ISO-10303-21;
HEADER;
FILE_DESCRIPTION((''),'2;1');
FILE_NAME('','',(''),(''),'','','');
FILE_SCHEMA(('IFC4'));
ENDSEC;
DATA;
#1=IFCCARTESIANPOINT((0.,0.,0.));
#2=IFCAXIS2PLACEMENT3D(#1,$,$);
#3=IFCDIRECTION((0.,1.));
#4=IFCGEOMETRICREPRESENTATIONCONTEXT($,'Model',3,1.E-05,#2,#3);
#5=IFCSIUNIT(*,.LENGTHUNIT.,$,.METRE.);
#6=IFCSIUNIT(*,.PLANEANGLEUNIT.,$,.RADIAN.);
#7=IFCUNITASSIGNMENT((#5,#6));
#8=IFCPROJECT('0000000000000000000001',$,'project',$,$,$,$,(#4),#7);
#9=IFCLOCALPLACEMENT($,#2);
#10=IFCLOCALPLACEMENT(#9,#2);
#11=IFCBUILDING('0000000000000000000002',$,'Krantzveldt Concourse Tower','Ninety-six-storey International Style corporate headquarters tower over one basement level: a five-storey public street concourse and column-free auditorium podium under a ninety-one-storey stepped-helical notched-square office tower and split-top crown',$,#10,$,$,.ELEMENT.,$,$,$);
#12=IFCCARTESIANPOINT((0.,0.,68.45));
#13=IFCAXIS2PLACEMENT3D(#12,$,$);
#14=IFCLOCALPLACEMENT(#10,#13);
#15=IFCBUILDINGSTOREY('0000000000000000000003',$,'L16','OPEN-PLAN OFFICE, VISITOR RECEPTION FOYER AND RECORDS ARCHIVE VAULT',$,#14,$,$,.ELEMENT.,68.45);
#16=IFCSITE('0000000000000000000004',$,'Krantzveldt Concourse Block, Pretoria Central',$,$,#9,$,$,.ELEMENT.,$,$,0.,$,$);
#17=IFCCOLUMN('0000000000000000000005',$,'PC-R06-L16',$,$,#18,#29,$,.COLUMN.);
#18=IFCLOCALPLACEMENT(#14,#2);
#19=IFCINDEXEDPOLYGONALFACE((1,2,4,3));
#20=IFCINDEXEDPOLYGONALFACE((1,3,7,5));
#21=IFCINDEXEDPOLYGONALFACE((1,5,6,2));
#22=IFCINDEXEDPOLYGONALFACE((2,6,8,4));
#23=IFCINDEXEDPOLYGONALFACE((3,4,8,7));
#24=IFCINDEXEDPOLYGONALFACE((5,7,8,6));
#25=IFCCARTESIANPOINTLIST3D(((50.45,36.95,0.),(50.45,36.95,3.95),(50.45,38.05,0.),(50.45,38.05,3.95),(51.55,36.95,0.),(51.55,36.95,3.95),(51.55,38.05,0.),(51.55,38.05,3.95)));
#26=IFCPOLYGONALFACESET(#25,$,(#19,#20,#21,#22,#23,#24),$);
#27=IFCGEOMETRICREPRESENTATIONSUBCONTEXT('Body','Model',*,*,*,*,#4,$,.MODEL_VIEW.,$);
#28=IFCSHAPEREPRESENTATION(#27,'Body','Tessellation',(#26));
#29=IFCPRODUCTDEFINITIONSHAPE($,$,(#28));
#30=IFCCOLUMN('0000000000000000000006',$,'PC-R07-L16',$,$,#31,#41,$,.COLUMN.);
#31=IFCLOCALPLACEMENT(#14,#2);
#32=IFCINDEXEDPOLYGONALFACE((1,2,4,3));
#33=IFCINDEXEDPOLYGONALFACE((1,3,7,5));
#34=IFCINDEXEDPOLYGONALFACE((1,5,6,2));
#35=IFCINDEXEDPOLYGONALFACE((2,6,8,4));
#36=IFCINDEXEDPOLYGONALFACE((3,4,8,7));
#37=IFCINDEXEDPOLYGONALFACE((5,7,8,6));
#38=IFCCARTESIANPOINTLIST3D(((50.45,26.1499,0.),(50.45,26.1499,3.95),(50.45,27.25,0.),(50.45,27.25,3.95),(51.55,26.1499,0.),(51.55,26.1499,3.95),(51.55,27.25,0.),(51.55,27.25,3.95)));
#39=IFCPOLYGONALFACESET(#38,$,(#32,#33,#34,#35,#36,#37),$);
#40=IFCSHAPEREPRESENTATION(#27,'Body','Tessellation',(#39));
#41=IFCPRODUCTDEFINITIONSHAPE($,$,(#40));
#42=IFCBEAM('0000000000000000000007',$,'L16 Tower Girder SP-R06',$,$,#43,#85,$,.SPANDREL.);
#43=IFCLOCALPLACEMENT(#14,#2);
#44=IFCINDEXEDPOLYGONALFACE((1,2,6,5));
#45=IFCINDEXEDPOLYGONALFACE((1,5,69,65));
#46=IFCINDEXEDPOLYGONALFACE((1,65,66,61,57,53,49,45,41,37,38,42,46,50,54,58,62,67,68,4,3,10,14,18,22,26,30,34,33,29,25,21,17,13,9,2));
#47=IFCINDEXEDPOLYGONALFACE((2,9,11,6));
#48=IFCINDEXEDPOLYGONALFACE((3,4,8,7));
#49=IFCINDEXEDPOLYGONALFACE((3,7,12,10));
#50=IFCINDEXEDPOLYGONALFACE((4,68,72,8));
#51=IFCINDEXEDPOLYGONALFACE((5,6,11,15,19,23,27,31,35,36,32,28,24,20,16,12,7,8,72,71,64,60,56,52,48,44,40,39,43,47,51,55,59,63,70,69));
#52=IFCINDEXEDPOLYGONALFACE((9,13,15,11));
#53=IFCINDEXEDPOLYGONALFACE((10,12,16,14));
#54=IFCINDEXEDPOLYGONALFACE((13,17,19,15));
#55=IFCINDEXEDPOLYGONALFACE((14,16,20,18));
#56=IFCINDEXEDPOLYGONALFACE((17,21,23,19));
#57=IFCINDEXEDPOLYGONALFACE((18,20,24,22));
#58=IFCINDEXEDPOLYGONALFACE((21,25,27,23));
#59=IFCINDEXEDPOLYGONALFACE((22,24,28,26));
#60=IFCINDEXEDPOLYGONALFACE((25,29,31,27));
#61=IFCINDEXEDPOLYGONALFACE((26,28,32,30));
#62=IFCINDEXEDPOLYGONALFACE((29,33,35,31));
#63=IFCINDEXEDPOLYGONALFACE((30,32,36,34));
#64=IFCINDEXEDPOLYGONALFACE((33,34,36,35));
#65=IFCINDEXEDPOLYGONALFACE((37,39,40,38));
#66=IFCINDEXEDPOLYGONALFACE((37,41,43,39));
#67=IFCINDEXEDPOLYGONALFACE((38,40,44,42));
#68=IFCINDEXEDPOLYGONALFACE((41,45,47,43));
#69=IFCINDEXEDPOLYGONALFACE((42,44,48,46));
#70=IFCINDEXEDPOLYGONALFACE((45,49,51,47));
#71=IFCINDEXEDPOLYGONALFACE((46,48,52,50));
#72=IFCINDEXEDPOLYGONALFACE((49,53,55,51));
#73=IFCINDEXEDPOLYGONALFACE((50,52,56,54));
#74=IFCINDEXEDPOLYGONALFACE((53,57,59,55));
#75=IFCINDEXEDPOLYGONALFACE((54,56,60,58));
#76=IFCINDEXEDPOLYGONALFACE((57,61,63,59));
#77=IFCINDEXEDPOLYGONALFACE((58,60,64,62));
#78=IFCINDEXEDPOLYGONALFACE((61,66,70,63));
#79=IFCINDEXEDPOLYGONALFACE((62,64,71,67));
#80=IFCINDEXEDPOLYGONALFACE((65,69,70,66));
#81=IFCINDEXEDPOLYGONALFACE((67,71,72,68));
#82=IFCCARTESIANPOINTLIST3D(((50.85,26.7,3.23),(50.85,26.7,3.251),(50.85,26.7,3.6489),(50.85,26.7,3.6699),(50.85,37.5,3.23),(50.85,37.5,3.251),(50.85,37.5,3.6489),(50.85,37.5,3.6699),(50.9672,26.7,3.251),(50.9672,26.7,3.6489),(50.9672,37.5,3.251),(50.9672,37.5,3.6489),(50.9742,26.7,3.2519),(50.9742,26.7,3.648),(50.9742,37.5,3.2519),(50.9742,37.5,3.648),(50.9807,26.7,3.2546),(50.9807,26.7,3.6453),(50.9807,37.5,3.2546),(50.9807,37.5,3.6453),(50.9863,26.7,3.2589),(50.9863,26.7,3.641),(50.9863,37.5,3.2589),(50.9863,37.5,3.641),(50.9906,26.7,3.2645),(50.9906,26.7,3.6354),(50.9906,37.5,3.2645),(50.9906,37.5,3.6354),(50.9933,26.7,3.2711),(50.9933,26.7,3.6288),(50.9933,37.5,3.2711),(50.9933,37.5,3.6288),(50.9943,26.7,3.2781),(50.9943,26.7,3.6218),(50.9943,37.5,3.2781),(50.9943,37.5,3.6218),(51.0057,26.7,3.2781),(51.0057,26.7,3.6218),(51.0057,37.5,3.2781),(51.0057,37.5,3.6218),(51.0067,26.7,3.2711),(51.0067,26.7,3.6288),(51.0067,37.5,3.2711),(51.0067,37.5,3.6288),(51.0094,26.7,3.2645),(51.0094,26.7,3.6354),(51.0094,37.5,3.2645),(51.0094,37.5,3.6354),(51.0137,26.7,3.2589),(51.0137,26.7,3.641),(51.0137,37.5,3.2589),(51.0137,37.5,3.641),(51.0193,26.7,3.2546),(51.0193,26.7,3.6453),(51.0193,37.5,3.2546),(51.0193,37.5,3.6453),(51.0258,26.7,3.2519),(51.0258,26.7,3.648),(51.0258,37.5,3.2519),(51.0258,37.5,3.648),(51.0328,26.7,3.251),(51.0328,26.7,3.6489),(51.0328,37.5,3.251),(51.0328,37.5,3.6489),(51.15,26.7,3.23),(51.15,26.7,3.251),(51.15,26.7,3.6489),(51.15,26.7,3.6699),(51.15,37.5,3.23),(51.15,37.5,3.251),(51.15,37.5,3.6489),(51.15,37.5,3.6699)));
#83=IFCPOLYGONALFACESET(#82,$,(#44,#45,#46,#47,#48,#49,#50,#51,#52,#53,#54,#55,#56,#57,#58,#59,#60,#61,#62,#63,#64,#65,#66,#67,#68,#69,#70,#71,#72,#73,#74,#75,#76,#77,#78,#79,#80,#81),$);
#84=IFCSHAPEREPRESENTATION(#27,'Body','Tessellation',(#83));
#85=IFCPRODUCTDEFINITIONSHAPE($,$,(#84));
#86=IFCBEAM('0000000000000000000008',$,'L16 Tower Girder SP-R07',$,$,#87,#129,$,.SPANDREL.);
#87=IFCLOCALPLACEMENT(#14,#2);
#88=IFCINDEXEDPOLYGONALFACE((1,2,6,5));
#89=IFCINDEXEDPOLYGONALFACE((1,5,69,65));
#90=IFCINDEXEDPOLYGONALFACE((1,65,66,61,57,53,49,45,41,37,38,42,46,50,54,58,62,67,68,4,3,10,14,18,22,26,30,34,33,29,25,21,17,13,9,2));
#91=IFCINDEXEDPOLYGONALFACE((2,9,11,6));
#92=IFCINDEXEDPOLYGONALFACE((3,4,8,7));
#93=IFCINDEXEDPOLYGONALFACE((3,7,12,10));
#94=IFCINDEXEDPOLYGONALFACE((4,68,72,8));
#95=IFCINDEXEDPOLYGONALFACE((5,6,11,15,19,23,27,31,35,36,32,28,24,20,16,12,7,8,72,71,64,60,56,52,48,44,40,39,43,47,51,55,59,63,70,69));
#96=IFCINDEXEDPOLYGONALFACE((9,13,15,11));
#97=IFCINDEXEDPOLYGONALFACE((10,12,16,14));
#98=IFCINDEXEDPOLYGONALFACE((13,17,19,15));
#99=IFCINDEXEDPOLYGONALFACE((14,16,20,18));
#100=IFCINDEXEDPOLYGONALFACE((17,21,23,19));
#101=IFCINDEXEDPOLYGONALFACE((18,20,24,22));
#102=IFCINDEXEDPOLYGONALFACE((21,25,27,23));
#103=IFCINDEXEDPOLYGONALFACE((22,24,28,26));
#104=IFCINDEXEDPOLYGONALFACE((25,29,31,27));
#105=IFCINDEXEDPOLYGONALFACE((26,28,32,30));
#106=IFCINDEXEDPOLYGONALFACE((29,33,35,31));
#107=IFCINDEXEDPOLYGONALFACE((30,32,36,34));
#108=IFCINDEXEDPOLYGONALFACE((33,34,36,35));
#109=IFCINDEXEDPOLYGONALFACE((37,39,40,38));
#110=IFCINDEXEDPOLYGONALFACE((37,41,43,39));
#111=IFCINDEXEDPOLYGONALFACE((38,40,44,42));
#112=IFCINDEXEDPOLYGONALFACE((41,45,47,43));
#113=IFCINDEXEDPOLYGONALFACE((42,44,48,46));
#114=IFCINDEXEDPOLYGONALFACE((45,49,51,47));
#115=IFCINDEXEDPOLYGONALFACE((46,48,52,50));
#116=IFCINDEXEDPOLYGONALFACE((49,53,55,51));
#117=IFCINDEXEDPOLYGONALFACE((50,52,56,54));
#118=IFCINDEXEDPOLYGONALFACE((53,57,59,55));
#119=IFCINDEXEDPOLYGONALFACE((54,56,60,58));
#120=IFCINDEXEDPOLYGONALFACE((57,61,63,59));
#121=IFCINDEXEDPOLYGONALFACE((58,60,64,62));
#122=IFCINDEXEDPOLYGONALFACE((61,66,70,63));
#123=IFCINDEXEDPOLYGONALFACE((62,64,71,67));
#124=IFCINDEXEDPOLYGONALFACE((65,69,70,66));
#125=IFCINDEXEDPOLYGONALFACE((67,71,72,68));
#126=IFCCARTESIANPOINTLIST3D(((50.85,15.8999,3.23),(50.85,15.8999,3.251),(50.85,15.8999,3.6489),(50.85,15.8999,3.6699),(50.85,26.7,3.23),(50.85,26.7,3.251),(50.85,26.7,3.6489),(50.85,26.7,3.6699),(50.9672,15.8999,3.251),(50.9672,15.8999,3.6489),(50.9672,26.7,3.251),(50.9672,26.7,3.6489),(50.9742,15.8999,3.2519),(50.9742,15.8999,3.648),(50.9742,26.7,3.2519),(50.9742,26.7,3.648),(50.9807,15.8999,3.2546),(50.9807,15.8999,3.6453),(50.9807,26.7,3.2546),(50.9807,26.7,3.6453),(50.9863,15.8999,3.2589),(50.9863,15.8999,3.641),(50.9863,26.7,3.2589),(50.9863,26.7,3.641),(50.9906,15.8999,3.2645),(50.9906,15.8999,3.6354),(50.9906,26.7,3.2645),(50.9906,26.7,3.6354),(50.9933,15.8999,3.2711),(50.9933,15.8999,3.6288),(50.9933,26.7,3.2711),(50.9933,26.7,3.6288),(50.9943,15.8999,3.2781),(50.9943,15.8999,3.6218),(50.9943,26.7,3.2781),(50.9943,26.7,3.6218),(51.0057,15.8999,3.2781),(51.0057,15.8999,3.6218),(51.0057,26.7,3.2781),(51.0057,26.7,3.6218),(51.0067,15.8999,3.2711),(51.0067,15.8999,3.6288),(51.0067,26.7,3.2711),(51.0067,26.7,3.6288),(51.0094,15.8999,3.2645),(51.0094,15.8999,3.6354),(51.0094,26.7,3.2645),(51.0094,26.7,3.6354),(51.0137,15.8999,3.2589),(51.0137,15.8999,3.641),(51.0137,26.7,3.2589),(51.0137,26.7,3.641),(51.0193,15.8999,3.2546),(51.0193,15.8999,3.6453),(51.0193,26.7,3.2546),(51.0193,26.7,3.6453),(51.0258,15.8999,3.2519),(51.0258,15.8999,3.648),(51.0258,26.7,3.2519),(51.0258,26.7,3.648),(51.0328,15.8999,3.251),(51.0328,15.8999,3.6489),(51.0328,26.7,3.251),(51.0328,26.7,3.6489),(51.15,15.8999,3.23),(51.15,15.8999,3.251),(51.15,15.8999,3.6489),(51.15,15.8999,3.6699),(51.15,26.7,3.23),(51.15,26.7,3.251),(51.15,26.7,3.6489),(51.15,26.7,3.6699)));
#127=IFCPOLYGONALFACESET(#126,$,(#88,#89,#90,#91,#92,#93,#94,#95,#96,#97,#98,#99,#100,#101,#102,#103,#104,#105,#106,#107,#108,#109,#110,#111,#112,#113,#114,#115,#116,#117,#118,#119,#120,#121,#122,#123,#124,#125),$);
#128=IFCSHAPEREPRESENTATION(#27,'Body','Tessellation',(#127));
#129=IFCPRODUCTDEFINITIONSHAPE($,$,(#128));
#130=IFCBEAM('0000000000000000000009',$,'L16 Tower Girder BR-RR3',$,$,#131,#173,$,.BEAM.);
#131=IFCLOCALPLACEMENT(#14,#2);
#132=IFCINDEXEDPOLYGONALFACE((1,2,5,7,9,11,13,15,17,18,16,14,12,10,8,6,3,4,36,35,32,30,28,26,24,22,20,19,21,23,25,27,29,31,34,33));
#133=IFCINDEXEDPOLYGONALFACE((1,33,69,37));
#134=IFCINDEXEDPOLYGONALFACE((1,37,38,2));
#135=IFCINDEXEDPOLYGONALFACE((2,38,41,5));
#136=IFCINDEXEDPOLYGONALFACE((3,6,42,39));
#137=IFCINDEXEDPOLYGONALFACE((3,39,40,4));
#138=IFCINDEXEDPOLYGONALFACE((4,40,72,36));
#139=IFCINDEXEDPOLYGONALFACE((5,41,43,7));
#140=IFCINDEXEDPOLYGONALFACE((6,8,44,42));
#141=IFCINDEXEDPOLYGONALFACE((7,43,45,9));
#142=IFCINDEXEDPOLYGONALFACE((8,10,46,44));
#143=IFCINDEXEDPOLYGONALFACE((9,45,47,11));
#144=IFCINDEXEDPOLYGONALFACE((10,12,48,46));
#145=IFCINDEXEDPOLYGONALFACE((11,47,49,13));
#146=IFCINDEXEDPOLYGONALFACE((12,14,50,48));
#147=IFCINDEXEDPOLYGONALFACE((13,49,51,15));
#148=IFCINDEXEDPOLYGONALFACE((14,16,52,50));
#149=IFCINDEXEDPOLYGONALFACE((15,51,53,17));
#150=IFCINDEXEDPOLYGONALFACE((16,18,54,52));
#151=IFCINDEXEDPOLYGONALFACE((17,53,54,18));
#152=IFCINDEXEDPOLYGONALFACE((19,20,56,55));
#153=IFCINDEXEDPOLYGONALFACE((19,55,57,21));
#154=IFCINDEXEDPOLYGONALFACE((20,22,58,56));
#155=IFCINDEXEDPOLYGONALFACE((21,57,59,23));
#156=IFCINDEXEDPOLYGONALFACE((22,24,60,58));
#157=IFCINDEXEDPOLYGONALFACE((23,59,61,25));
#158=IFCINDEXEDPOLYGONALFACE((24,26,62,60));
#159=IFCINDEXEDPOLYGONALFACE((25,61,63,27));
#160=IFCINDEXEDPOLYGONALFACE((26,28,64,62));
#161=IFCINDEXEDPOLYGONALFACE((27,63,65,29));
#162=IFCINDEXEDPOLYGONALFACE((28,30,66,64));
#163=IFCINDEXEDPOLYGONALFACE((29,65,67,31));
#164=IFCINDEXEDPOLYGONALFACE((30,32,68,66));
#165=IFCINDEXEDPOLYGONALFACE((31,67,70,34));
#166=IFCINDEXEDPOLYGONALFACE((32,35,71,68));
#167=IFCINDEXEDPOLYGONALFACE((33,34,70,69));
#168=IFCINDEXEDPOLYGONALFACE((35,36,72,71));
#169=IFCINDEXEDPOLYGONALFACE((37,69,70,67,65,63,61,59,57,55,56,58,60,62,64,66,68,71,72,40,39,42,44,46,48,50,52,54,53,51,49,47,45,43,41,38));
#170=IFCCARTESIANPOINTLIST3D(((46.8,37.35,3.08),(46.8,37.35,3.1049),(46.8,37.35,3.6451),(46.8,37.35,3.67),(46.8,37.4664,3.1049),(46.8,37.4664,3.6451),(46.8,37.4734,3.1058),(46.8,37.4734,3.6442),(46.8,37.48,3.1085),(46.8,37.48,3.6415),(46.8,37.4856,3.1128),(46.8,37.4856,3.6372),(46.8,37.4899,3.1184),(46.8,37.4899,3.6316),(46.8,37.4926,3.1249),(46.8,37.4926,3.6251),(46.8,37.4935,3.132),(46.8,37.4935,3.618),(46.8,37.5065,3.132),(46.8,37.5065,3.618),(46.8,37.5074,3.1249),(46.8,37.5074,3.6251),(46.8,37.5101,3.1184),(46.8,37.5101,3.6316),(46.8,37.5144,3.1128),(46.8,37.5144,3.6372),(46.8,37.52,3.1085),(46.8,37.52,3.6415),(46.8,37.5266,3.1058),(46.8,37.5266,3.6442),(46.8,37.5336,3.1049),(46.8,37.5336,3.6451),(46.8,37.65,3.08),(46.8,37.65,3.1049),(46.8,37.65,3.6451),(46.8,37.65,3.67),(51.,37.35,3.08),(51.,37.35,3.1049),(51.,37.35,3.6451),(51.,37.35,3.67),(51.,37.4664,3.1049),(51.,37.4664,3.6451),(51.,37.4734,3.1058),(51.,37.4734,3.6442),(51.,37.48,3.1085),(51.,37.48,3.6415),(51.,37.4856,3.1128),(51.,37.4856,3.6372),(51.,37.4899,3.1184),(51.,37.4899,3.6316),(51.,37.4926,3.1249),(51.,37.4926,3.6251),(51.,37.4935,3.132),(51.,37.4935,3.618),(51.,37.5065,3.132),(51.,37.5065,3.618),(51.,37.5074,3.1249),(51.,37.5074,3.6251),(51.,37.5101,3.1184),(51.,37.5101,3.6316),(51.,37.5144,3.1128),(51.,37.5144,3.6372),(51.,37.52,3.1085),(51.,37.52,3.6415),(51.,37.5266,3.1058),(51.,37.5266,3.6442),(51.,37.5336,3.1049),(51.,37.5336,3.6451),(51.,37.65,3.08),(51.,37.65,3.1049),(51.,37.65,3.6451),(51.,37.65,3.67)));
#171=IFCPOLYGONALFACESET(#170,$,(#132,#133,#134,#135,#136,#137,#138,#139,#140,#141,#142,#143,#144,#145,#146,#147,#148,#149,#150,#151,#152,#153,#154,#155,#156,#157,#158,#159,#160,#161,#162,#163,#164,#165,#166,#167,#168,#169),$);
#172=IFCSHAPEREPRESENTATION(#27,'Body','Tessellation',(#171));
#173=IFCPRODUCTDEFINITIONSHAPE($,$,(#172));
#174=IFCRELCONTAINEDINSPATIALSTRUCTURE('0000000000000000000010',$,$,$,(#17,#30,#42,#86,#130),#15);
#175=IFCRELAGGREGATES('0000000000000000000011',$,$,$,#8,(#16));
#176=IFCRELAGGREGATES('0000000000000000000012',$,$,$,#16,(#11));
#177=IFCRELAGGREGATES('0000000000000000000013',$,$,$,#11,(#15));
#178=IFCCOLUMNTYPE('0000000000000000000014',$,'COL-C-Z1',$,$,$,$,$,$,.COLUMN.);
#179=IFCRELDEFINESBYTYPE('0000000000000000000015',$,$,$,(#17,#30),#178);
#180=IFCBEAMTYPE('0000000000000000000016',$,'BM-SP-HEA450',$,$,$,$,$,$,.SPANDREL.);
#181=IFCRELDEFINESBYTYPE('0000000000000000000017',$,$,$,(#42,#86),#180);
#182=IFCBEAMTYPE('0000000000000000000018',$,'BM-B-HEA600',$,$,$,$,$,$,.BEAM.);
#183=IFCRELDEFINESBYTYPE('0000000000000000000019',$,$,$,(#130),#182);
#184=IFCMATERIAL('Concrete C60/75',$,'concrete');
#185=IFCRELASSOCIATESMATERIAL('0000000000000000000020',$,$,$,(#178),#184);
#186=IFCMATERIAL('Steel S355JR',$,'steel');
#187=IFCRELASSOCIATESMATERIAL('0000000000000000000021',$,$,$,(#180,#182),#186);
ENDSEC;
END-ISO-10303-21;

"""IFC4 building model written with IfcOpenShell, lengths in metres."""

from ifc_helpers import new_model, si_unit, direction, frame, origin, origin_2d, place, context, subcontext, project, spatial, rectangle, i_section, extrude, source, transform, mapped, material, material_profile, profile_set, type_object, type_shapes, element, save


model = new_model("IFC4")

# Units and contexts
model_context = context("Model", 3, precision=1e-05, world=origin(), true_north=direction((0.0, 1.0)))
body_context = subcontext(model_context, "Body", "Model", "MODEL_VIEW")
ifc_project = project(units=[si_unit("LENGTHUNIT", "METRE"), si_unit("PLANEANGLEUNIT", "RADIAN")], contexts=[model_context])

# Site, building, storey
site_placement = place(None, origin())
site = spatial("IfcSite", under=ifc_project, at=site_placement, Name="Krantzveldt Concourse Block, Pretoria Central", CompositionType="ELEMENT", RefElevation=0.0)
building_placement = place(site_placement, origin())
building = spatial("IfcBuilding", under=site, at=building_placement, Name="Krantzveldt Concourse Tower", Description="Ninety-six-storey International Style corporate headquarters tower over one basement level: a five-storey public street concourse and column-free auditorium podium under a ninety-one-storey stepped-helical notched-square office tower and split-top crown", CompositionType="ELEMENT")
storey_placement = place(building_placement, frame((0.0, 0.0, 68.45)))
storey = spatial("IfcBuildingStorey", under=building, at=storey_placement, Name="L16", Description="OPEN-PLAN OFFICE, VISITOR RECEPTION FOYER AND RECORDS ARCHIVE VAULT", CompositionType="ELEMENT", Elevation=68.45)

# Columns
ifc_material_1 = material(Name="Concrete C60/75", Category="concrete")
ifc_material_profile_1 = material_profile(ifc_material_1, rectangle(XDim=1.1001, YDim=1.1001, at=origin_2d()), Name="Concrete C60/75", Category="concrete")
ifc_profile_set_1 = profile_set([ifc_material_profile_1], Name="Concrete C60/75 - RC 1100x1100")
column_type = type_object("IfcColumnType", Name="COL-C-Z1", PredefinedType="COLUMN", material=ifc_profile_set_1)
shared_shape_1 = source(origin(), body_context, "Body", "SweptSolid", [
    extrude(rectangle(XDim=1.1001, YDim=1.1001, at=origin_2d()), origin(), (0.0, 0.0, 1.0), 3.95),
])
type_shapes(column_type, [shared_shape_1])
for number, where, z_axis, x_axis, name in (
    (1, (51.0, 37.5, 0.0), (0.0, 0.0, 1.0), (1.0, 0.0, 0.0), "PC-R06-L16"),
    (2, (51.0, 26.7, 0.0), (0.0, 0.0, 1.0), (1.0, 0.0, 0.0), "PC-R07-L16"),
):
    element("IfcColumn", number, at=place(storey_placement, frame(where, z_axis=z_axis, x_axis=x_axis)), inside=storey, type_object=column_type, Name=name, PredefinedType="COLUMN", context=body_context, shape_type="MappedRepresentation", body=[
        mapped(shared_shape_1, transform((0.0, 0.0, 0.0), x_axis=(1.0, 0.0, 0.0), y_axis=(0.0, 1.0, 0.0), z_axis=(0.0, 0.0, 1.0), scale=1.0)),
    ])

# Beams
ifc_material_2 = material(Name="Steel S355JR", Category="steel")
ifc_material_profile_2 = material_profile(ifc_material_2, i_section(OverallWidth=0.3, OverallDepth=0.4399, WebThickness=0.0115, FlangeThickness=0.021, FilletRadius=0.0271, at=origin_2d()), Name="Steel S355JR", Category="steel")
ifc_profile_set_2 = profile_set([ifc_material_profile_2], Name="Steel S355JR - HEA 450")
beam_type_1 = type_object("IfcBeamType", Name="BM-SP-HEA450", PredefinedType="SPANDREL", material=ifc_profile_set_2)
shared_shape_2 = source(origin(), body_context, "Body", "SweptSolid", [
    extrude(i_section(OverallWidth=0.3, OverallDepth=0.4399, WebThickness=0.0115, FlangeThickness=0.021, FilletRadius=0.0271, at=origin_2d()), origin(), (0.0, 0.0, 1.0), 10.8),
])
type_shapes(beam_type_1, [shared_shape_2])
for number, where, z_axis, x_axis, name in (
    (3, (51.0, 37.5, 3.45), (0.0, -1.0, 0.0), (1.0, 0.0, 0.0), "L16 Tower Girder SP-R06"),
    (4, (51.0, 26.7, 3.45), (0.0, -1.0, 0.0), (1.0, 0.0, 0.0), "L16 Tower Girder SP-R07"),
):
    element("IfcBeam", number, at=place(storey_placement, frame(where, z_axis=z_axis, x_axis=x_axis)), inside=storey, type_object=beam_type_1, Name=name, PredefinedType="SPANDREL", context=body_context, shape_type="MappedRepresentation", body=[
        mapped(shared_shape_2, transform((0.0, 0.0, 0.0), x_axis=(1.0, 0.0, 0.0), y_axis=(0.0, 1.0, 0.0), z_axis=(0.0, 0.0, 1.0), scale=1.0)),
    ])
ifc_material_profile_3 = material_profile(ifc_material_2, i_section(OverallWidth=0.3, OverallDepth=0.5901, WebThickness=0.0129, FlangeThickness=0.0249, FilletRadius=0.0271, at=origin_2d()), Name="Steel S355JR", Category="steel")
ifc_profile_set_3 = profile_set([ifc_material_profile_3], Name="Steel S355JR - HEA 600")
beam_type_2 = type_object("IfcBeamType", Name="BM-B-HEA600", PredefinedType="BEAM", material=ifc_profile_set_3)
shared_shape_3 = source(origin(), body_context, "Body", "SweptSolid", [
    extrude(i_section(OverallWidth=0.3, OverallDepth=0.5901, WebThickness=0.0129, FlangeThickness=0.0249, FilletRadius=0.0271, at=origin_2d()), origin(), (0.0, 0.0, 1.0), 4.2),
])
beam_1_placement = place(storey_placement, frame((46.8, 37.5, 3.375), z_axis=(1.0, 0.0, 0.0), x_axis=(0.0, 1.0, 0.0)))
element("IfcBeam", 5, at=beam_1_placement, inside=storey, type_object=beam_type_2, Name="L16 Tower Girder BR-RR3", PredefinedType="BEAM", context=body_context, shape_type="MappedRepresentation", body=[
    mapped(shared_shape_3, transform((0.0, 0.0, 0.0), x_axis=(1.0, 0.0, 0.0), y_axis=(0.0, 1.0, 0.0), z_axis=(0.0, 0.0, 1.0), scale=1.0)),
])

save(model, "model.ifc")
